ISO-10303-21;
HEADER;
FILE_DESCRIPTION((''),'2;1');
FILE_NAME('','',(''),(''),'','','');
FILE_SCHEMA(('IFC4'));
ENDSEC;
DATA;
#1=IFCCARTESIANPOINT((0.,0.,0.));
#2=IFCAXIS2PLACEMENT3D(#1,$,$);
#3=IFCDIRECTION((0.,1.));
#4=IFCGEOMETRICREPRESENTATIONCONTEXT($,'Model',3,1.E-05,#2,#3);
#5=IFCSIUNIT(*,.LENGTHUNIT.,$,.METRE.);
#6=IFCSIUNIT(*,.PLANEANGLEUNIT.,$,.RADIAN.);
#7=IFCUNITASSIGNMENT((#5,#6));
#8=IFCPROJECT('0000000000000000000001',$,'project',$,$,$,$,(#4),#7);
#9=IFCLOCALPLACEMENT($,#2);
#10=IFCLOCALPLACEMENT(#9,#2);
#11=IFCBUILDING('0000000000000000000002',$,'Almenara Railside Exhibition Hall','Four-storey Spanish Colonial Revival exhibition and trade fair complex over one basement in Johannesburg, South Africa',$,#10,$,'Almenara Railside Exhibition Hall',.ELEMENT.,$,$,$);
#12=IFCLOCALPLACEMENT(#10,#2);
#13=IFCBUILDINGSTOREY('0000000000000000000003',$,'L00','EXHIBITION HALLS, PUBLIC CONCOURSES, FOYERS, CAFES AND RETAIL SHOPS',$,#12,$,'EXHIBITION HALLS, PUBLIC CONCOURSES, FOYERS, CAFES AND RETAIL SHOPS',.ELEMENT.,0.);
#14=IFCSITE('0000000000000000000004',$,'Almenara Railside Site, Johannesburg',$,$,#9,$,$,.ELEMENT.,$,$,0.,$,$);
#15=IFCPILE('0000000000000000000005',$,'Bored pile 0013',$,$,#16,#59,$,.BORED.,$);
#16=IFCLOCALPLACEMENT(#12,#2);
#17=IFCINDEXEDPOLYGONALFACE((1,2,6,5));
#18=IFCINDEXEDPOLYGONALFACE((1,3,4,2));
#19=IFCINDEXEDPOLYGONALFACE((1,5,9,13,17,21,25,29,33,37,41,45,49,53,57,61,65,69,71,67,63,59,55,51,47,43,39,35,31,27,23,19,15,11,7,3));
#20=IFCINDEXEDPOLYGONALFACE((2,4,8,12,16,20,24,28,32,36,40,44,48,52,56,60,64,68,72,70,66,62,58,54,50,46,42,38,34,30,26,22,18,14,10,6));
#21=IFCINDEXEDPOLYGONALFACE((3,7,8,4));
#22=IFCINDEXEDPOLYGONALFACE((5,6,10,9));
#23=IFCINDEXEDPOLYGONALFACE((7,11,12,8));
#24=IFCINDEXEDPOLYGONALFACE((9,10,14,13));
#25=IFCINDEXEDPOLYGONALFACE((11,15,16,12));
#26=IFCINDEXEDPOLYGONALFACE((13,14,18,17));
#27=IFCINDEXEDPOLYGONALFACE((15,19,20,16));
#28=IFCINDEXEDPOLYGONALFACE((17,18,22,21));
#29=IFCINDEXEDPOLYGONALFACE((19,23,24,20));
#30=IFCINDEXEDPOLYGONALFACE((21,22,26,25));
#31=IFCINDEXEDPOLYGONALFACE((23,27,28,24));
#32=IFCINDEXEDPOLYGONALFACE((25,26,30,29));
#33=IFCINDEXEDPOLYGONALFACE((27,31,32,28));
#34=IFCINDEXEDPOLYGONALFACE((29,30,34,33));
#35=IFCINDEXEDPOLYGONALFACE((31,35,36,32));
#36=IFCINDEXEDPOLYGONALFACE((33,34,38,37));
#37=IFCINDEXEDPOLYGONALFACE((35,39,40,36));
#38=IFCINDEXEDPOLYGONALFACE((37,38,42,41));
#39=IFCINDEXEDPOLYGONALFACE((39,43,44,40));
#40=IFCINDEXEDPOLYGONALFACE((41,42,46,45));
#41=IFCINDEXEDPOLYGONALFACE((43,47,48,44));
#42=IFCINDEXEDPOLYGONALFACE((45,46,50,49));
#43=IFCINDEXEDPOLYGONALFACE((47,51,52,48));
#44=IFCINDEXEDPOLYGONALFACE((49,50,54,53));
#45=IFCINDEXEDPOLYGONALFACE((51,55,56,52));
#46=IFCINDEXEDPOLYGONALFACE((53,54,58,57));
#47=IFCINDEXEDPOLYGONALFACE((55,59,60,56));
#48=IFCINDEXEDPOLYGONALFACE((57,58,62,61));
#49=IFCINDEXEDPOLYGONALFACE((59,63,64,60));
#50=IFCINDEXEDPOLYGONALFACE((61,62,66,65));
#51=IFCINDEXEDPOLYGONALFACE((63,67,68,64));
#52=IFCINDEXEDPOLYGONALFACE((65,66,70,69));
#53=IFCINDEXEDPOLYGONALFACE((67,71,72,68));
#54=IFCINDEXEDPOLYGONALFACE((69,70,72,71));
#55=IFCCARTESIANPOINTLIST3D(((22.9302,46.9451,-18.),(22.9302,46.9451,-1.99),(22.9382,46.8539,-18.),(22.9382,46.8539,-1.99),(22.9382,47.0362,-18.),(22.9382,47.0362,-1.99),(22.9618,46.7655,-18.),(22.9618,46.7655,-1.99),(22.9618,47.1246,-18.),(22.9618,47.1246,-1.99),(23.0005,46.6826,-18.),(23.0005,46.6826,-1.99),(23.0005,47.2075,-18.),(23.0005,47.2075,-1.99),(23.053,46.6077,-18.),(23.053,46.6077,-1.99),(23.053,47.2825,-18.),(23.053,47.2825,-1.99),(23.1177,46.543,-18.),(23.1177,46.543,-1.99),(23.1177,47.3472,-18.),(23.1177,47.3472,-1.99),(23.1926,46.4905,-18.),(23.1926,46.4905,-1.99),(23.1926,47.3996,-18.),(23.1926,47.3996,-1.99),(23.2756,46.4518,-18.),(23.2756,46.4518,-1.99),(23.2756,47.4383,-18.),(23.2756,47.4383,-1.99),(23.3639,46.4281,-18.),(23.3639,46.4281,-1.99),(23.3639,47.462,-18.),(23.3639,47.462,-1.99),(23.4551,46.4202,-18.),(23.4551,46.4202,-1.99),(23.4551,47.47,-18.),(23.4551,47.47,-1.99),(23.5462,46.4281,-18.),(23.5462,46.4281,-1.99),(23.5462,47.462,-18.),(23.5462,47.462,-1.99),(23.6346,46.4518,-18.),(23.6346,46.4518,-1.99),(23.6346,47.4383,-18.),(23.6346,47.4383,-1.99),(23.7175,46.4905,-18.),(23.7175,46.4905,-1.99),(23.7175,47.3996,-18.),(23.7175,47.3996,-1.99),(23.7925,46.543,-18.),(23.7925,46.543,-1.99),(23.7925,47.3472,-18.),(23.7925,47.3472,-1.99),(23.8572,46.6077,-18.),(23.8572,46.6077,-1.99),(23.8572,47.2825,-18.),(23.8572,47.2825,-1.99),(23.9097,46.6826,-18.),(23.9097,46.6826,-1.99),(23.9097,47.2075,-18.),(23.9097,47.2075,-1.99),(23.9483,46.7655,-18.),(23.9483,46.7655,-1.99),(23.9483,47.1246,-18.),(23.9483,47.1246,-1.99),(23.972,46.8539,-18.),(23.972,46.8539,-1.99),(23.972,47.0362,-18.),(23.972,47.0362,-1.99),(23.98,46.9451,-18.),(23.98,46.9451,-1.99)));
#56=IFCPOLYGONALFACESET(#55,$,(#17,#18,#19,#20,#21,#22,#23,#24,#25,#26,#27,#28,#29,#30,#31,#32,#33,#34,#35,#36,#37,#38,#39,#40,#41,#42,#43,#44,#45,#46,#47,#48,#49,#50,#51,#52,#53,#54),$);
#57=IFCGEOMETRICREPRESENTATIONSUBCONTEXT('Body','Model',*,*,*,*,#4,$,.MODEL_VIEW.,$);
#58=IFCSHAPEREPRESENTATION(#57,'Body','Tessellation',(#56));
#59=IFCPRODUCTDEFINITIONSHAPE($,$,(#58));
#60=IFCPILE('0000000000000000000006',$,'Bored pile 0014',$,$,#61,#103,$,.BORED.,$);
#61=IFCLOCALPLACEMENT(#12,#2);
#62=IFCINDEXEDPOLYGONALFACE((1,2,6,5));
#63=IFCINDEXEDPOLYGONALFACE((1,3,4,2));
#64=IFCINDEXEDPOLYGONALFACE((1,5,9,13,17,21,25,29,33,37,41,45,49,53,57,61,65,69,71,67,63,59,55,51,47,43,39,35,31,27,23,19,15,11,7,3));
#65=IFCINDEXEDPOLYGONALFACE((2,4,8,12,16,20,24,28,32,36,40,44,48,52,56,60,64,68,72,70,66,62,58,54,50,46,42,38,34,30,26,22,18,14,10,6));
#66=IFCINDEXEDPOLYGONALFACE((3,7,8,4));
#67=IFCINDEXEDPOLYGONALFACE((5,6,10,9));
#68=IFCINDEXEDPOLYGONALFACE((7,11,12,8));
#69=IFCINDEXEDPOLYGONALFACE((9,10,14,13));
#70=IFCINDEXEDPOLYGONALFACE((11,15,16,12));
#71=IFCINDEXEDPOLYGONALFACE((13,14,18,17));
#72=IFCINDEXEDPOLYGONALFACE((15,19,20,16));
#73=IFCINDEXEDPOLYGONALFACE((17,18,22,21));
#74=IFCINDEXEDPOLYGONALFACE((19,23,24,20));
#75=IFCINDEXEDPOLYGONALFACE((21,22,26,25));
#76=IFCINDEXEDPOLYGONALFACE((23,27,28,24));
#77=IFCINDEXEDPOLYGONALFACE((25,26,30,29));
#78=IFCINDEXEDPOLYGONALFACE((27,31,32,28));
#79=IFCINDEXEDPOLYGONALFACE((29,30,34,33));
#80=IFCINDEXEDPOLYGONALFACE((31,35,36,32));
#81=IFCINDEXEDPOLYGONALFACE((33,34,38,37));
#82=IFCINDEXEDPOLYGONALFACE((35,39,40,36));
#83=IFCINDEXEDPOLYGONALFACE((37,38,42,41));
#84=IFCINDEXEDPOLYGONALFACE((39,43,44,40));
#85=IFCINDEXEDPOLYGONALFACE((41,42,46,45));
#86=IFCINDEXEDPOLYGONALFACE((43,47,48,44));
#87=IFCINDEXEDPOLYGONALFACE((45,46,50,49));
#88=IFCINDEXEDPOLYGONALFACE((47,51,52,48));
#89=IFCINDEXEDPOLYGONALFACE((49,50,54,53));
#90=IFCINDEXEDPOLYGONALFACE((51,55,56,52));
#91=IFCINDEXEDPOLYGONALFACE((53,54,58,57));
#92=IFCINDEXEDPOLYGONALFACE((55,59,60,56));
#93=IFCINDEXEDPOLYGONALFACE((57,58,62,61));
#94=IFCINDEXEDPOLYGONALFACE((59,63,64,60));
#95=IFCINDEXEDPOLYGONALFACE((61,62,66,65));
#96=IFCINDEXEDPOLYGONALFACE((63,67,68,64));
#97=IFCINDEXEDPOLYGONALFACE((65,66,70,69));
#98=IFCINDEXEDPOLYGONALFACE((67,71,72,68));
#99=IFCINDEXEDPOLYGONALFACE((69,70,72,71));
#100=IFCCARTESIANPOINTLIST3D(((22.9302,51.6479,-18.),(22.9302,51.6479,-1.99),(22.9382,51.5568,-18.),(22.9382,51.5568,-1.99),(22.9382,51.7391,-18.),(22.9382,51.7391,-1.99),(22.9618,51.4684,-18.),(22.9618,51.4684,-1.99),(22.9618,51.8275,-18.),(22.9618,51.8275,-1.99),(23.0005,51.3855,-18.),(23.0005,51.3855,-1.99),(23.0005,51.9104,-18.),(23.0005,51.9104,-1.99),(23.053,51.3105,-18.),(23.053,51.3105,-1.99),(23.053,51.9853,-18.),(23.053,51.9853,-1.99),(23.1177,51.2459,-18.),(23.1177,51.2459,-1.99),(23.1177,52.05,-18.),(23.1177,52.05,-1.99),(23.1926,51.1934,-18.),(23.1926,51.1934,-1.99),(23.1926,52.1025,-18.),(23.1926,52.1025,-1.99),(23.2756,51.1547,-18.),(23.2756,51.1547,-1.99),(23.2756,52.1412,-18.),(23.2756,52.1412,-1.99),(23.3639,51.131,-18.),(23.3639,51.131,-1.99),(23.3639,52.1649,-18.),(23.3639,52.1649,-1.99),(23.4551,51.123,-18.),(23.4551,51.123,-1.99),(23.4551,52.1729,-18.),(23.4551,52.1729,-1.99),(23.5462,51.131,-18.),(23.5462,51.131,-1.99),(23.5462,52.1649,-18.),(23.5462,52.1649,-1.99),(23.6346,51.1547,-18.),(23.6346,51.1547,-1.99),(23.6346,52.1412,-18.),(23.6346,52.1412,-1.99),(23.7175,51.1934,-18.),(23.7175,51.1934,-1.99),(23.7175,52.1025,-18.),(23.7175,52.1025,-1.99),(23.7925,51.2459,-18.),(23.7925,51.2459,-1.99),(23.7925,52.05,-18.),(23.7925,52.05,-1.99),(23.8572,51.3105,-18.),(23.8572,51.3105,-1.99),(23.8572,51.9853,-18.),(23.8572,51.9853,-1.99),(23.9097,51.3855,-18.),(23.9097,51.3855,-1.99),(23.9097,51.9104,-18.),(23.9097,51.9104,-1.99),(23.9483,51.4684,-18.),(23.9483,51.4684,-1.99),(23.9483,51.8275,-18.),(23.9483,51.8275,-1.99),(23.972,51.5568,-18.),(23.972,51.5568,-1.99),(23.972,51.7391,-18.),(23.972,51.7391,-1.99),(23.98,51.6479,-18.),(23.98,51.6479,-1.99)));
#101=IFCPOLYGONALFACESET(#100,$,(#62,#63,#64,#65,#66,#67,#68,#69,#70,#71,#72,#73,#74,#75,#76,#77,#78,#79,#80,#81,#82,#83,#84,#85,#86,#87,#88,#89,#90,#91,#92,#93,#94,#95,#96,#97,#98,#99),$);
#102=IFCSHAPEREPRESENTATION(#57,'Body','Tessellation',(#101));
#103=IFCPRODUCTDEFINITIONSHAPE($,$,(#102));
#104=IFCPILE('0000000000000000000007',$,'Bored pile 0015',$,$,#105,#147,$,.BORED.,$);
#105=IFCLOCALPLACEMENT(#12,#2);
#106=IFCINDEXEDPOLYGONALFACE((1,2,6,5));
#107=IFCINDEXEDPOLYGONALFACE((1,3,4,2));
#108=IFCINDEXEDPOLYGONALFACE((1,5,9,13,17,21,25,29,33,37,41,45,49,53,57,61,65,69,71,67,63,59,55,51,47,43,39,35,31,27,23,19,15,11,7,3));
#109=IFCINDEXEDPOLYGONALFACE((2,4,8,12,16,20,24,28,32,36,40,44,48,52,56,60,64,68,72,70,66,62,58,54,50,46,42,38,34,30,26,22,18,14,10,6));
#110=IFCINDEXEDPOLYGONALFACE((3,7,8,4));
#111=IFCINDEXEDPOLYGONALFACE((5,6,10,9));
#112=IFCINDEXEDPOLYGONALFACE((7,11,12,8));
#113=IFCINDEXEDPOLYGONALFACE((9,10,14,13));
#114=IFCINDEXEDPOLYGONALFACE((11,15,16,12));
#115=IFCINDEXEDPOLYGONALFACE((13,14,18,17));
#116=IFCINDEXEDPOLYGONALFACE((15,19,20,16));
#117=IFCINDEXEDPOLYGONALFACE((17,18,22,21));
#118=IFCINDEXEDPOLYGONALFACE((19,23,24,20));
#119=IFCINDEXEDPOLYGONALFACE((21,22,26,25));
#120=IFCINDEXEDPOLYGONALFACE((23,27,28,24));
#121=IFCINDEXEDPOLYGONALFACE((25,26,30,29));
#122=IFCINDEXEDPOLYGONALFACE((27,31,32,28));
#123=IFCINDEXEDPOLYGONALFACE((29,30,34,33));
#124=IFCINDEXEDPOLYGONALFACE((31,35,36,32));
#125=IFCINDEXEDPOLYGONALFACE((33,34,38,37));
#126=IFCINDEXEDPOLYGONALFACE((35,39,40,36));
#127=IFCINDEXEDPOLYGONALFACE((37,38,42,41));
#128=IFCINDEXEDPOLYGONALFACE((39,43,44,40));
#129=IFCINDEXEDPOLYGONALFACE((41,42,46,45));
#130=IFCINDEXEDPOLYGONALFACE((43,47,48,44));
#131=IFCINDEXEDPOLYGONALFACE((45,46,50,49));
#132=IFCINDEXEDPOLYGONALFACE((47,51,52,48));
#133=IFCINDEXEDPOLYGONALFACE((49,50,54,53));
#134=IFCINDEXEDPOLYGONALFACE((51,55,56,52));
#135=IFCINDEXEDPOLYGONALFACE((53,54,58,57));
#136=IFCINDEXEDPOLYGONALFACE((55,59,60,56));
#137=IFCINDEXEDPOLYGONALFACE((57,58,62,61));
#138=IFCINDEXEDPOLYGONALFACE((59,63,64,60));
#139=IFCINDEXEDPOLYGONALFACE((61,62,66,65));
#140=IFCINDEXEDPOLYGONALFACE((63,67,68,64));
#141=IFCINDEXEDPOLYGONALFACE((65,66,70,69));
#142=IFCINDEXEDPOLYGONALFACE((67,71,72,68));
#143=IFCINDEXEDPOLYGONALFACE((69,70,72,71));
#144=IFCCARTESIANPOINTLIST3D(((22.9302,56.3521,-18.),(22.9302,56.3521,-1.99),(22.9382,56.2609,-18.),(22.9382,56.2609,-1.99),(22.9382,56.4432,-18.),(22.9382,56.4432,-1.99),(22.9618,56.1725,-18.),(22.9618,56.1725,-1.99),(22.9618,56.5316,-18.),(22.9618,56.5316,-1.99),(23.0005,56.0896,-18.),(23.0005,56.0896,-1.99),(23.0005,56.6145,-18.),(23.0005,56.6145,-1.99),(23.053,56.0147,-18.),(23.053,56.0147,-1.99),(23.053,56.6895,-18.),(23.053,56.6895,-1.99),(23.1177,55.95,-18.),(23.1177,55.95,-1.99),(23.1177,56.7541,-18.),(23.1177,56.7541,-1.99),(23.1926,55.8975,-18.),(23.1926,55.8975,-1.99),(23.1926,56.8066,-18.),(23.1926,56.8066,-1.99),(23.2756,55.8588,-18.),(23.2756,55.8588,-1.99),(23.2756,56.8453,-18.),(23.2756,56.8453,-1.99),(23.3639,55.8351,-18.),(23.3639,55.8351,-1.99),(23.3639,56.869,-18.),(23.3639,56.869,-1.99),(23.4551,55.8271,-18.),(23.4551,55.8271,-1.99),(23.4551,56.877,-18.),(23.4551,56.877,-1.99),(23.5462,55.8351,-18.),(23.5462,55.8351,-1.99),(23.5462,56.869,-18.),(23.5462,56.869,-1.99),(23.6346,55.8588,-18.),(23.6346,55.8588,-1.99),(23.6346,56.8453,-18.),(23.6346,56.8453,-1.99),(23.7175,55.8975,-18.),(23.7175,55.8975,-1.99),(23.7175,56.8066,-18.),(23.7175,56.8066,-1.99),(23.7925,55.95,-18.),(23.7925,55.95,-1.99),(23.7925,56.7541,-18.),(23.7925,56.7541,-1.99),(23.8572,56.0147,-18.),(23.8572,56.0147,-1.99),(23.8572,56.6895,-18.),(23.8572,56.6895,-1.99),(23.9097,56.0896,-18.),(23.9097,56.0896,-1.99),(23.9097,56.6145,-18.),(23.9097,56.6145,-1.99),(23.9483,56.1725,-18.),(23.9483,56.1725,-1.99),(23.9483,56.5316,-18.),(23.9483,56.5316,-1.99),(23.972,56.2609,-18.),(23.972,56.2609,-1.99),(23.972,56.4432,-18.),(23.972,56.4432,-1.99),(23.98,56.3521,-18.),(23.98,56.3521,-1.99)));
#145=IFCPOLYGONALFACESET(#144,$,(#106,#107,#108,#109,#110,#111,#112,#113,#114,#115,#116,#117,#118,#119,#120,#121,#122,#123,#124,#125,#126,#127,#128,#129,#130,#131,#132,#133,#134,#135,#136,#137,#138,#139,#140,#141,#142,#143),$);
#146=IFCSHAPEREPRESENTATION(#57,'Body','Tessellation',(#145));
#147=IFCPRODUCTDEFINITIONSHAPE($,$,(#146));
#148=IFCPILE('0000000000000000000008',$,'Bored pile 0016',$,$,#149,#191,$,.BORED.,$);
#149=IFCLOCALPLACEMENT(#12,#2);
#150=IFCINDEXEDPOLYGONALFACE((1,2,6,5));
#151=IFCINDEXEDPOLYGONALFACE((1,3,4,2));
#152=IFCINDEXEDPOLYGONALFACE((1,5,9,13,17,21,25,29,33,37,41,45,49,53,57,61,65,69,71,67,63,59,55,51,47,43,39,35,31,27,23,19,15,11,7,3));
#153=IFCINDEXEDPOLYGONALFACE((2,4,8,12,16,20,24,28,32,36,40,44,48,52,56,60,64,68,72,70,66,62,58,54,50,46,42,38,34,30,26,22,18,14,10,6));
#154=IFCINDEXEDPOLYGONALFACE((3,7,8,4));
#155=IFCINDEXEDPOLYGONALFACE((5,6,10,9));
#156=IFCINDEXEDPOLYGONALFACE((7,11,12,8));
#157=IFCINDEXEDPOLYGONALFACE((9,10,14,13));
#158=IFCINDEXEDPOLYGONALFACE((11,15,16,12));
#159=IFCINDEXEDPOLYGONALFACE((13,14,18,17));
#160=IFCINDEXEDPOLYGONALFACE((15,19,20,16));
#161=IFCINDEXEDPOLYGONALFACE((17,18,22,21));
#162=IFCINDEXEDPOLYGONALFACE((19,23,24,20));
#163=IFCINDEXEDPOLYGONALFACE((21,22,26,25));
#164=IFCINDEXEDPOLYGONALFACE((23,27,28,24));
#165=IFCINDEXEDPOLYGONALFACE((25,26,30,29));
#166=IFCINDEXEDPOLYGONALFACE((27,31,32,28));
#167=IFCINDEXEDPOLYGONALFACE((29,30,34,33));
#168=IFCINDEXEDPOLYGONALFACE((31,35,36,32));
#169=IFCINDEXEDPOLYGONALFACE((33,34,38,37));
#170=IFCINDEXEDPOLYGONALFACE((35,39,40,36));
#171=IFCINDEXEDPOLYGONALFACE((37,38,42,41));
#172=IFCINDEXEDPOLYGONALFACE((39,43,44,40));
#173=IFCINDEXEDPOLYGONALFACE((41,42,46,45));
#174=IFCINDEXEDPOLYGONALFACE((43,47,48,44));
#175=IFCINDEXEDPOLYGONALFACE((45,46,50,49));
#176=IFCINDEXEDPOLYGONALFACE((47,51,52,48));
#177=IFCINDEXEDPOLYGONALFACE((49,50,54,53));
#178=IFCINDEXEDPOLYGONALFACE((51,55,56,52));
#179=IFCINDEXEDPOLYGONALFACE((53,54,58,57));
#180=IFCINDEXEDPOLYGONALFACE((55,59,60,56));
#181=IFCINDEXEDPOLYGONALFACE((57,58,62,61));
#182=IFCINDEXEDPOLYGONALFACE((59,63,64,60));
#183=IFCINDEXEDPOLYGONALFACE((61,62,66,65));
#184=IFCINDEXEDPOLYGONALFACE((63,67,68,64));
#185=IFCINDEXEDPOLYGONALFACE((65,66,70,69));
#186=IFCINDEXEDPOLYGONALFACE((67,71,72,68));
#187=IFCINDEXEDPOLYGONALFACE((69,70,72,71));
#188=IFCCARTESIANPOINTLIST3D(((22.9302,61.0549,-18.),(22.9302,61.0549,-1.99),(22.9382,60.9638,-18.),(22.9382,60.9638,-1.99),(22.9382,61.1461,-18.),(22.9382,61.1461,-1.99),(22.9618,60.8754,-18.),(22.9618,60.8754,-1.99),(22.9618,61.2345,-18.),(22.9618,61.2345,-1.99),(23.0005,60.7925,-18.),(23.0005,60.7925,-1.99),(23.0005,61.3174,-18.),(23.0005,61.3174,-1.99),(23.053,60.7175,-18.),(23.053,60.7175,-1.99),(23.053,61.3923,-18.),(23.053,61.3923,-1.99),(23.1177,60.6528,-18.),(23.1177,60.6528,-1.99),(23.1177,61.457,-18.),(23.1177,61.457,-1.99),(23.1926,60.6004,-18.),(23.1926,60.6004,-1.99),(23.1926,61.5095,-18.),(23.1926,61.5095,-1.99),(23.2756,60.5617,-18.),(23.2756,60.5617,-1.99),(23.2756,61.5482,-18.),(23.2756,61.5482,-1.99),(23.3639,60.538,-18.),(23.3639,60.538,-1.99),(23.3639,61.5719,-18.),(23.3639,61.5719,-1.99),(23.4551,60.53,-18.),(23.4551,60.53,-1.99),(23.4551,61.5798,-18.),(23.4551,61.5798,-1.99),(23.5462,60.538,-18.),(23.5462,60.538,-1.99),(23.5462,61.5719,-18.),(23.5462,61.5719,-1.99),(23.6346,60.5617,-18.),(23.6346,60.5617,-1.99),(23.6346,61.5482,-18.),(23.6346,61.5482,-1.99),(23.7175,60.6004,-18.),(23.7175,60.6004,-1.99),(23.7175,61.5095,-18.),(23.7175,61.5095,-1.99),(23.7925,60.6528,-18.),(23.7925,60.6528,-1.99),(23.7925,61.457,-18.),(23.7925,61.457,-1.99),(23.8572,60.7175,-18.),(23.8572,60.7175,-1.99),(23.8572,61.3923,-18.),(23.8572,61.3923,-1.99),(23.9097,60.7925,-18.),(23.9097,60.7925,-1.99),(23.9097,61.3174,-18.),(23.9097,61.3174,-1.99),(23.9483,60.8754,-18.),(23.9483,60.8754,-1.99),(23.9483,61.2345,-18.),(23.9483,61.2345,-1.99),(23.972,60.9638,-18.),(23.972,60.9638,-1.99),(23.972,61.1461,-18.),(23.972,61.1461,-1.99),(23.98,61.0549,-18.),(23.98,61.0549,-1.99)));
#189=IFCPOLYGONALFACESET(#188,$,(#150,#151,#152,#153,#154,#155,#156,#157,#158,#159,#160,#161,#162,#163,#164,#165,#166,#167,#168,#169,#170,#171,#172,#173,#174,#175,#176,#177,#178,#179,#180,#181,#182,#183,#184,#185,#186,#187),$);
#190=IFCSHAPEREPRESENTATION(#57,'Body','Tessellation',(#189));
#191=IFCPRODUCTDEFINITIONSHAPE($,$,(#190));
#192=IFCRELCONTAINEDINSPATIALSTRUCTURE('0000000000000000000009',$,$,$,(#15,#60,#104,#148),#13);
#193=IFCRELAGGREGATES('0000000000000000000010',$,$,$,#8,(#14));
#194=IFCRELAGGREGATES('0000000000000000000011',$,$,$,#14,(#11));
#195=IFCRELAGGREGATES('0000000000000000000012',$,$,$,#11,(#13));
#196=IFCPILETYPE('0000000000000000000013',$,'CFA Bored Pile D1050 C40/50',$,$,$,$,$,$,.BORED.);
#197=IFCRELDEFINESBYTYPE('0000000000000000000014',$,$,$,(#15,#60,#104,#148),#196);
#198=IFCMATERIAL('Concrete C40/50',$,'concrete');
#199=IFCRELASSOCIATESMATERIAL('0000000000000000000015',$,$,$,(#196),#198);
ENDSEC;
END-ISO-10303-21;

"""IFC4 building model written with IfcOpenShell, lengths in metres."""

from ifc_helpers import new_model, si_unit, direction, frame, origin, origin_2d, place, context, subcontext, project, spatial, circle, extrude, material, material_profile, profile_set, type_object, element, save


model = new_model("IFC4")

# Units and contexts
model_context = context("Model", 3, precision=1e-05, world=origin(), true_north=direction((0.0, 1.0)))
body_context = subcontext(model_context, "Body", "Model", "MODEL_VIEW")
ifc_project = project(units=[si_unit("LENGTHUNIT", "METRE"), si_unit("PLANEANGLEUNIT", "RADIAN")], contexts=[model_context])

# Site, building, storey
site_placement = place(None, origin())
site = spatial("IfcSite", under=ifc_project, at=site_placement, Name="Almenara Railside Site, Johannesburg", CompositionType="ELEMENT", RefElevation=0.0)
building_placement = place(site_placement, origin())
building = spatial("IfcBuilding", under=site, at=building_placement, Name="Almenara Railside Exhibition Hall", Description="Four-storey Spanish Colonial Revival exhibition and trade fair complex over one basement in Johannesburg, South Africa", LongName="Almenara Railside Exhibition Hall", CompositionType="ELEMENT")
storey_placement = place(building_placement, origin())
storey = spatial("IfcBuildingStorey", under=building, at=storey_placement, Name="L00", Description="EXHIBITION HALLS, PUBLIC CONCOURSES, FOYERS, CAFES AND RETAIL SHOPS", LongName="EXHIBITION HALLS, PUBLIC CONCOURSES, FOYERS, CAFES AND RETAIL SHOPS", CompositionType="ELEMENT", Elevation=0.0)

# Piles
ifc_material_1 = material(Name="Concrete C40/50", Category="concrete")
ifc_material_profile_1 = material_profile(ifc_material_1, circle(Radius=0.5249, at=origin_2d()), Name="CFA-PILE D1050")
ifc_profile_set_1 = profile_set([ifc_material_profile_1], Name="Concrete C40/50")
pile_type_1 = type_object("IfcPileType", Name="CFA Bored Pile D1050 C40/50", PredefinedType="BORED", material=ifc_profile_set_1)
for number, where, z_axis, x_axis, name in (
    (1, (23.4551, 46.9451, -1.99), (0.0, 0.0, -1.0), (1.0, 0.0, 0.0), "Bored pile 0013"),
    (2, (23.4551, 51.6479, -1.99), (0.0, 0.0, -1.0), (1.0, 0.0, 0.0), "Bored pile 0014"),
    (3, (23.4551, 56.3521, -1.99), (0.0, 0.0, -1.0), (1.0, 0.0, 0.0), "Bored pile 0015"),
    (4, (23.4551, 61.0549, -1.99), (0.0, 0.0, -1.0), (1.0, 0.0, 0.0), "Bored pile 0016"),
):
    element("IfcPile", number, at=place(storey_placement, frame(where, z_axis=z_axis, x_axis=x_axis)), inside=storey, type_object=pile_type_1, Name=name, PredefinedType="BORED", context=body_context, shape_type="SweptSolid", body=[
        extrude(circle(Radius=0.5249, at=origin_2d()), origin(), (0.0, 0.0, 1.0), 16.01),
    ])

save(model, "model.ifc")
